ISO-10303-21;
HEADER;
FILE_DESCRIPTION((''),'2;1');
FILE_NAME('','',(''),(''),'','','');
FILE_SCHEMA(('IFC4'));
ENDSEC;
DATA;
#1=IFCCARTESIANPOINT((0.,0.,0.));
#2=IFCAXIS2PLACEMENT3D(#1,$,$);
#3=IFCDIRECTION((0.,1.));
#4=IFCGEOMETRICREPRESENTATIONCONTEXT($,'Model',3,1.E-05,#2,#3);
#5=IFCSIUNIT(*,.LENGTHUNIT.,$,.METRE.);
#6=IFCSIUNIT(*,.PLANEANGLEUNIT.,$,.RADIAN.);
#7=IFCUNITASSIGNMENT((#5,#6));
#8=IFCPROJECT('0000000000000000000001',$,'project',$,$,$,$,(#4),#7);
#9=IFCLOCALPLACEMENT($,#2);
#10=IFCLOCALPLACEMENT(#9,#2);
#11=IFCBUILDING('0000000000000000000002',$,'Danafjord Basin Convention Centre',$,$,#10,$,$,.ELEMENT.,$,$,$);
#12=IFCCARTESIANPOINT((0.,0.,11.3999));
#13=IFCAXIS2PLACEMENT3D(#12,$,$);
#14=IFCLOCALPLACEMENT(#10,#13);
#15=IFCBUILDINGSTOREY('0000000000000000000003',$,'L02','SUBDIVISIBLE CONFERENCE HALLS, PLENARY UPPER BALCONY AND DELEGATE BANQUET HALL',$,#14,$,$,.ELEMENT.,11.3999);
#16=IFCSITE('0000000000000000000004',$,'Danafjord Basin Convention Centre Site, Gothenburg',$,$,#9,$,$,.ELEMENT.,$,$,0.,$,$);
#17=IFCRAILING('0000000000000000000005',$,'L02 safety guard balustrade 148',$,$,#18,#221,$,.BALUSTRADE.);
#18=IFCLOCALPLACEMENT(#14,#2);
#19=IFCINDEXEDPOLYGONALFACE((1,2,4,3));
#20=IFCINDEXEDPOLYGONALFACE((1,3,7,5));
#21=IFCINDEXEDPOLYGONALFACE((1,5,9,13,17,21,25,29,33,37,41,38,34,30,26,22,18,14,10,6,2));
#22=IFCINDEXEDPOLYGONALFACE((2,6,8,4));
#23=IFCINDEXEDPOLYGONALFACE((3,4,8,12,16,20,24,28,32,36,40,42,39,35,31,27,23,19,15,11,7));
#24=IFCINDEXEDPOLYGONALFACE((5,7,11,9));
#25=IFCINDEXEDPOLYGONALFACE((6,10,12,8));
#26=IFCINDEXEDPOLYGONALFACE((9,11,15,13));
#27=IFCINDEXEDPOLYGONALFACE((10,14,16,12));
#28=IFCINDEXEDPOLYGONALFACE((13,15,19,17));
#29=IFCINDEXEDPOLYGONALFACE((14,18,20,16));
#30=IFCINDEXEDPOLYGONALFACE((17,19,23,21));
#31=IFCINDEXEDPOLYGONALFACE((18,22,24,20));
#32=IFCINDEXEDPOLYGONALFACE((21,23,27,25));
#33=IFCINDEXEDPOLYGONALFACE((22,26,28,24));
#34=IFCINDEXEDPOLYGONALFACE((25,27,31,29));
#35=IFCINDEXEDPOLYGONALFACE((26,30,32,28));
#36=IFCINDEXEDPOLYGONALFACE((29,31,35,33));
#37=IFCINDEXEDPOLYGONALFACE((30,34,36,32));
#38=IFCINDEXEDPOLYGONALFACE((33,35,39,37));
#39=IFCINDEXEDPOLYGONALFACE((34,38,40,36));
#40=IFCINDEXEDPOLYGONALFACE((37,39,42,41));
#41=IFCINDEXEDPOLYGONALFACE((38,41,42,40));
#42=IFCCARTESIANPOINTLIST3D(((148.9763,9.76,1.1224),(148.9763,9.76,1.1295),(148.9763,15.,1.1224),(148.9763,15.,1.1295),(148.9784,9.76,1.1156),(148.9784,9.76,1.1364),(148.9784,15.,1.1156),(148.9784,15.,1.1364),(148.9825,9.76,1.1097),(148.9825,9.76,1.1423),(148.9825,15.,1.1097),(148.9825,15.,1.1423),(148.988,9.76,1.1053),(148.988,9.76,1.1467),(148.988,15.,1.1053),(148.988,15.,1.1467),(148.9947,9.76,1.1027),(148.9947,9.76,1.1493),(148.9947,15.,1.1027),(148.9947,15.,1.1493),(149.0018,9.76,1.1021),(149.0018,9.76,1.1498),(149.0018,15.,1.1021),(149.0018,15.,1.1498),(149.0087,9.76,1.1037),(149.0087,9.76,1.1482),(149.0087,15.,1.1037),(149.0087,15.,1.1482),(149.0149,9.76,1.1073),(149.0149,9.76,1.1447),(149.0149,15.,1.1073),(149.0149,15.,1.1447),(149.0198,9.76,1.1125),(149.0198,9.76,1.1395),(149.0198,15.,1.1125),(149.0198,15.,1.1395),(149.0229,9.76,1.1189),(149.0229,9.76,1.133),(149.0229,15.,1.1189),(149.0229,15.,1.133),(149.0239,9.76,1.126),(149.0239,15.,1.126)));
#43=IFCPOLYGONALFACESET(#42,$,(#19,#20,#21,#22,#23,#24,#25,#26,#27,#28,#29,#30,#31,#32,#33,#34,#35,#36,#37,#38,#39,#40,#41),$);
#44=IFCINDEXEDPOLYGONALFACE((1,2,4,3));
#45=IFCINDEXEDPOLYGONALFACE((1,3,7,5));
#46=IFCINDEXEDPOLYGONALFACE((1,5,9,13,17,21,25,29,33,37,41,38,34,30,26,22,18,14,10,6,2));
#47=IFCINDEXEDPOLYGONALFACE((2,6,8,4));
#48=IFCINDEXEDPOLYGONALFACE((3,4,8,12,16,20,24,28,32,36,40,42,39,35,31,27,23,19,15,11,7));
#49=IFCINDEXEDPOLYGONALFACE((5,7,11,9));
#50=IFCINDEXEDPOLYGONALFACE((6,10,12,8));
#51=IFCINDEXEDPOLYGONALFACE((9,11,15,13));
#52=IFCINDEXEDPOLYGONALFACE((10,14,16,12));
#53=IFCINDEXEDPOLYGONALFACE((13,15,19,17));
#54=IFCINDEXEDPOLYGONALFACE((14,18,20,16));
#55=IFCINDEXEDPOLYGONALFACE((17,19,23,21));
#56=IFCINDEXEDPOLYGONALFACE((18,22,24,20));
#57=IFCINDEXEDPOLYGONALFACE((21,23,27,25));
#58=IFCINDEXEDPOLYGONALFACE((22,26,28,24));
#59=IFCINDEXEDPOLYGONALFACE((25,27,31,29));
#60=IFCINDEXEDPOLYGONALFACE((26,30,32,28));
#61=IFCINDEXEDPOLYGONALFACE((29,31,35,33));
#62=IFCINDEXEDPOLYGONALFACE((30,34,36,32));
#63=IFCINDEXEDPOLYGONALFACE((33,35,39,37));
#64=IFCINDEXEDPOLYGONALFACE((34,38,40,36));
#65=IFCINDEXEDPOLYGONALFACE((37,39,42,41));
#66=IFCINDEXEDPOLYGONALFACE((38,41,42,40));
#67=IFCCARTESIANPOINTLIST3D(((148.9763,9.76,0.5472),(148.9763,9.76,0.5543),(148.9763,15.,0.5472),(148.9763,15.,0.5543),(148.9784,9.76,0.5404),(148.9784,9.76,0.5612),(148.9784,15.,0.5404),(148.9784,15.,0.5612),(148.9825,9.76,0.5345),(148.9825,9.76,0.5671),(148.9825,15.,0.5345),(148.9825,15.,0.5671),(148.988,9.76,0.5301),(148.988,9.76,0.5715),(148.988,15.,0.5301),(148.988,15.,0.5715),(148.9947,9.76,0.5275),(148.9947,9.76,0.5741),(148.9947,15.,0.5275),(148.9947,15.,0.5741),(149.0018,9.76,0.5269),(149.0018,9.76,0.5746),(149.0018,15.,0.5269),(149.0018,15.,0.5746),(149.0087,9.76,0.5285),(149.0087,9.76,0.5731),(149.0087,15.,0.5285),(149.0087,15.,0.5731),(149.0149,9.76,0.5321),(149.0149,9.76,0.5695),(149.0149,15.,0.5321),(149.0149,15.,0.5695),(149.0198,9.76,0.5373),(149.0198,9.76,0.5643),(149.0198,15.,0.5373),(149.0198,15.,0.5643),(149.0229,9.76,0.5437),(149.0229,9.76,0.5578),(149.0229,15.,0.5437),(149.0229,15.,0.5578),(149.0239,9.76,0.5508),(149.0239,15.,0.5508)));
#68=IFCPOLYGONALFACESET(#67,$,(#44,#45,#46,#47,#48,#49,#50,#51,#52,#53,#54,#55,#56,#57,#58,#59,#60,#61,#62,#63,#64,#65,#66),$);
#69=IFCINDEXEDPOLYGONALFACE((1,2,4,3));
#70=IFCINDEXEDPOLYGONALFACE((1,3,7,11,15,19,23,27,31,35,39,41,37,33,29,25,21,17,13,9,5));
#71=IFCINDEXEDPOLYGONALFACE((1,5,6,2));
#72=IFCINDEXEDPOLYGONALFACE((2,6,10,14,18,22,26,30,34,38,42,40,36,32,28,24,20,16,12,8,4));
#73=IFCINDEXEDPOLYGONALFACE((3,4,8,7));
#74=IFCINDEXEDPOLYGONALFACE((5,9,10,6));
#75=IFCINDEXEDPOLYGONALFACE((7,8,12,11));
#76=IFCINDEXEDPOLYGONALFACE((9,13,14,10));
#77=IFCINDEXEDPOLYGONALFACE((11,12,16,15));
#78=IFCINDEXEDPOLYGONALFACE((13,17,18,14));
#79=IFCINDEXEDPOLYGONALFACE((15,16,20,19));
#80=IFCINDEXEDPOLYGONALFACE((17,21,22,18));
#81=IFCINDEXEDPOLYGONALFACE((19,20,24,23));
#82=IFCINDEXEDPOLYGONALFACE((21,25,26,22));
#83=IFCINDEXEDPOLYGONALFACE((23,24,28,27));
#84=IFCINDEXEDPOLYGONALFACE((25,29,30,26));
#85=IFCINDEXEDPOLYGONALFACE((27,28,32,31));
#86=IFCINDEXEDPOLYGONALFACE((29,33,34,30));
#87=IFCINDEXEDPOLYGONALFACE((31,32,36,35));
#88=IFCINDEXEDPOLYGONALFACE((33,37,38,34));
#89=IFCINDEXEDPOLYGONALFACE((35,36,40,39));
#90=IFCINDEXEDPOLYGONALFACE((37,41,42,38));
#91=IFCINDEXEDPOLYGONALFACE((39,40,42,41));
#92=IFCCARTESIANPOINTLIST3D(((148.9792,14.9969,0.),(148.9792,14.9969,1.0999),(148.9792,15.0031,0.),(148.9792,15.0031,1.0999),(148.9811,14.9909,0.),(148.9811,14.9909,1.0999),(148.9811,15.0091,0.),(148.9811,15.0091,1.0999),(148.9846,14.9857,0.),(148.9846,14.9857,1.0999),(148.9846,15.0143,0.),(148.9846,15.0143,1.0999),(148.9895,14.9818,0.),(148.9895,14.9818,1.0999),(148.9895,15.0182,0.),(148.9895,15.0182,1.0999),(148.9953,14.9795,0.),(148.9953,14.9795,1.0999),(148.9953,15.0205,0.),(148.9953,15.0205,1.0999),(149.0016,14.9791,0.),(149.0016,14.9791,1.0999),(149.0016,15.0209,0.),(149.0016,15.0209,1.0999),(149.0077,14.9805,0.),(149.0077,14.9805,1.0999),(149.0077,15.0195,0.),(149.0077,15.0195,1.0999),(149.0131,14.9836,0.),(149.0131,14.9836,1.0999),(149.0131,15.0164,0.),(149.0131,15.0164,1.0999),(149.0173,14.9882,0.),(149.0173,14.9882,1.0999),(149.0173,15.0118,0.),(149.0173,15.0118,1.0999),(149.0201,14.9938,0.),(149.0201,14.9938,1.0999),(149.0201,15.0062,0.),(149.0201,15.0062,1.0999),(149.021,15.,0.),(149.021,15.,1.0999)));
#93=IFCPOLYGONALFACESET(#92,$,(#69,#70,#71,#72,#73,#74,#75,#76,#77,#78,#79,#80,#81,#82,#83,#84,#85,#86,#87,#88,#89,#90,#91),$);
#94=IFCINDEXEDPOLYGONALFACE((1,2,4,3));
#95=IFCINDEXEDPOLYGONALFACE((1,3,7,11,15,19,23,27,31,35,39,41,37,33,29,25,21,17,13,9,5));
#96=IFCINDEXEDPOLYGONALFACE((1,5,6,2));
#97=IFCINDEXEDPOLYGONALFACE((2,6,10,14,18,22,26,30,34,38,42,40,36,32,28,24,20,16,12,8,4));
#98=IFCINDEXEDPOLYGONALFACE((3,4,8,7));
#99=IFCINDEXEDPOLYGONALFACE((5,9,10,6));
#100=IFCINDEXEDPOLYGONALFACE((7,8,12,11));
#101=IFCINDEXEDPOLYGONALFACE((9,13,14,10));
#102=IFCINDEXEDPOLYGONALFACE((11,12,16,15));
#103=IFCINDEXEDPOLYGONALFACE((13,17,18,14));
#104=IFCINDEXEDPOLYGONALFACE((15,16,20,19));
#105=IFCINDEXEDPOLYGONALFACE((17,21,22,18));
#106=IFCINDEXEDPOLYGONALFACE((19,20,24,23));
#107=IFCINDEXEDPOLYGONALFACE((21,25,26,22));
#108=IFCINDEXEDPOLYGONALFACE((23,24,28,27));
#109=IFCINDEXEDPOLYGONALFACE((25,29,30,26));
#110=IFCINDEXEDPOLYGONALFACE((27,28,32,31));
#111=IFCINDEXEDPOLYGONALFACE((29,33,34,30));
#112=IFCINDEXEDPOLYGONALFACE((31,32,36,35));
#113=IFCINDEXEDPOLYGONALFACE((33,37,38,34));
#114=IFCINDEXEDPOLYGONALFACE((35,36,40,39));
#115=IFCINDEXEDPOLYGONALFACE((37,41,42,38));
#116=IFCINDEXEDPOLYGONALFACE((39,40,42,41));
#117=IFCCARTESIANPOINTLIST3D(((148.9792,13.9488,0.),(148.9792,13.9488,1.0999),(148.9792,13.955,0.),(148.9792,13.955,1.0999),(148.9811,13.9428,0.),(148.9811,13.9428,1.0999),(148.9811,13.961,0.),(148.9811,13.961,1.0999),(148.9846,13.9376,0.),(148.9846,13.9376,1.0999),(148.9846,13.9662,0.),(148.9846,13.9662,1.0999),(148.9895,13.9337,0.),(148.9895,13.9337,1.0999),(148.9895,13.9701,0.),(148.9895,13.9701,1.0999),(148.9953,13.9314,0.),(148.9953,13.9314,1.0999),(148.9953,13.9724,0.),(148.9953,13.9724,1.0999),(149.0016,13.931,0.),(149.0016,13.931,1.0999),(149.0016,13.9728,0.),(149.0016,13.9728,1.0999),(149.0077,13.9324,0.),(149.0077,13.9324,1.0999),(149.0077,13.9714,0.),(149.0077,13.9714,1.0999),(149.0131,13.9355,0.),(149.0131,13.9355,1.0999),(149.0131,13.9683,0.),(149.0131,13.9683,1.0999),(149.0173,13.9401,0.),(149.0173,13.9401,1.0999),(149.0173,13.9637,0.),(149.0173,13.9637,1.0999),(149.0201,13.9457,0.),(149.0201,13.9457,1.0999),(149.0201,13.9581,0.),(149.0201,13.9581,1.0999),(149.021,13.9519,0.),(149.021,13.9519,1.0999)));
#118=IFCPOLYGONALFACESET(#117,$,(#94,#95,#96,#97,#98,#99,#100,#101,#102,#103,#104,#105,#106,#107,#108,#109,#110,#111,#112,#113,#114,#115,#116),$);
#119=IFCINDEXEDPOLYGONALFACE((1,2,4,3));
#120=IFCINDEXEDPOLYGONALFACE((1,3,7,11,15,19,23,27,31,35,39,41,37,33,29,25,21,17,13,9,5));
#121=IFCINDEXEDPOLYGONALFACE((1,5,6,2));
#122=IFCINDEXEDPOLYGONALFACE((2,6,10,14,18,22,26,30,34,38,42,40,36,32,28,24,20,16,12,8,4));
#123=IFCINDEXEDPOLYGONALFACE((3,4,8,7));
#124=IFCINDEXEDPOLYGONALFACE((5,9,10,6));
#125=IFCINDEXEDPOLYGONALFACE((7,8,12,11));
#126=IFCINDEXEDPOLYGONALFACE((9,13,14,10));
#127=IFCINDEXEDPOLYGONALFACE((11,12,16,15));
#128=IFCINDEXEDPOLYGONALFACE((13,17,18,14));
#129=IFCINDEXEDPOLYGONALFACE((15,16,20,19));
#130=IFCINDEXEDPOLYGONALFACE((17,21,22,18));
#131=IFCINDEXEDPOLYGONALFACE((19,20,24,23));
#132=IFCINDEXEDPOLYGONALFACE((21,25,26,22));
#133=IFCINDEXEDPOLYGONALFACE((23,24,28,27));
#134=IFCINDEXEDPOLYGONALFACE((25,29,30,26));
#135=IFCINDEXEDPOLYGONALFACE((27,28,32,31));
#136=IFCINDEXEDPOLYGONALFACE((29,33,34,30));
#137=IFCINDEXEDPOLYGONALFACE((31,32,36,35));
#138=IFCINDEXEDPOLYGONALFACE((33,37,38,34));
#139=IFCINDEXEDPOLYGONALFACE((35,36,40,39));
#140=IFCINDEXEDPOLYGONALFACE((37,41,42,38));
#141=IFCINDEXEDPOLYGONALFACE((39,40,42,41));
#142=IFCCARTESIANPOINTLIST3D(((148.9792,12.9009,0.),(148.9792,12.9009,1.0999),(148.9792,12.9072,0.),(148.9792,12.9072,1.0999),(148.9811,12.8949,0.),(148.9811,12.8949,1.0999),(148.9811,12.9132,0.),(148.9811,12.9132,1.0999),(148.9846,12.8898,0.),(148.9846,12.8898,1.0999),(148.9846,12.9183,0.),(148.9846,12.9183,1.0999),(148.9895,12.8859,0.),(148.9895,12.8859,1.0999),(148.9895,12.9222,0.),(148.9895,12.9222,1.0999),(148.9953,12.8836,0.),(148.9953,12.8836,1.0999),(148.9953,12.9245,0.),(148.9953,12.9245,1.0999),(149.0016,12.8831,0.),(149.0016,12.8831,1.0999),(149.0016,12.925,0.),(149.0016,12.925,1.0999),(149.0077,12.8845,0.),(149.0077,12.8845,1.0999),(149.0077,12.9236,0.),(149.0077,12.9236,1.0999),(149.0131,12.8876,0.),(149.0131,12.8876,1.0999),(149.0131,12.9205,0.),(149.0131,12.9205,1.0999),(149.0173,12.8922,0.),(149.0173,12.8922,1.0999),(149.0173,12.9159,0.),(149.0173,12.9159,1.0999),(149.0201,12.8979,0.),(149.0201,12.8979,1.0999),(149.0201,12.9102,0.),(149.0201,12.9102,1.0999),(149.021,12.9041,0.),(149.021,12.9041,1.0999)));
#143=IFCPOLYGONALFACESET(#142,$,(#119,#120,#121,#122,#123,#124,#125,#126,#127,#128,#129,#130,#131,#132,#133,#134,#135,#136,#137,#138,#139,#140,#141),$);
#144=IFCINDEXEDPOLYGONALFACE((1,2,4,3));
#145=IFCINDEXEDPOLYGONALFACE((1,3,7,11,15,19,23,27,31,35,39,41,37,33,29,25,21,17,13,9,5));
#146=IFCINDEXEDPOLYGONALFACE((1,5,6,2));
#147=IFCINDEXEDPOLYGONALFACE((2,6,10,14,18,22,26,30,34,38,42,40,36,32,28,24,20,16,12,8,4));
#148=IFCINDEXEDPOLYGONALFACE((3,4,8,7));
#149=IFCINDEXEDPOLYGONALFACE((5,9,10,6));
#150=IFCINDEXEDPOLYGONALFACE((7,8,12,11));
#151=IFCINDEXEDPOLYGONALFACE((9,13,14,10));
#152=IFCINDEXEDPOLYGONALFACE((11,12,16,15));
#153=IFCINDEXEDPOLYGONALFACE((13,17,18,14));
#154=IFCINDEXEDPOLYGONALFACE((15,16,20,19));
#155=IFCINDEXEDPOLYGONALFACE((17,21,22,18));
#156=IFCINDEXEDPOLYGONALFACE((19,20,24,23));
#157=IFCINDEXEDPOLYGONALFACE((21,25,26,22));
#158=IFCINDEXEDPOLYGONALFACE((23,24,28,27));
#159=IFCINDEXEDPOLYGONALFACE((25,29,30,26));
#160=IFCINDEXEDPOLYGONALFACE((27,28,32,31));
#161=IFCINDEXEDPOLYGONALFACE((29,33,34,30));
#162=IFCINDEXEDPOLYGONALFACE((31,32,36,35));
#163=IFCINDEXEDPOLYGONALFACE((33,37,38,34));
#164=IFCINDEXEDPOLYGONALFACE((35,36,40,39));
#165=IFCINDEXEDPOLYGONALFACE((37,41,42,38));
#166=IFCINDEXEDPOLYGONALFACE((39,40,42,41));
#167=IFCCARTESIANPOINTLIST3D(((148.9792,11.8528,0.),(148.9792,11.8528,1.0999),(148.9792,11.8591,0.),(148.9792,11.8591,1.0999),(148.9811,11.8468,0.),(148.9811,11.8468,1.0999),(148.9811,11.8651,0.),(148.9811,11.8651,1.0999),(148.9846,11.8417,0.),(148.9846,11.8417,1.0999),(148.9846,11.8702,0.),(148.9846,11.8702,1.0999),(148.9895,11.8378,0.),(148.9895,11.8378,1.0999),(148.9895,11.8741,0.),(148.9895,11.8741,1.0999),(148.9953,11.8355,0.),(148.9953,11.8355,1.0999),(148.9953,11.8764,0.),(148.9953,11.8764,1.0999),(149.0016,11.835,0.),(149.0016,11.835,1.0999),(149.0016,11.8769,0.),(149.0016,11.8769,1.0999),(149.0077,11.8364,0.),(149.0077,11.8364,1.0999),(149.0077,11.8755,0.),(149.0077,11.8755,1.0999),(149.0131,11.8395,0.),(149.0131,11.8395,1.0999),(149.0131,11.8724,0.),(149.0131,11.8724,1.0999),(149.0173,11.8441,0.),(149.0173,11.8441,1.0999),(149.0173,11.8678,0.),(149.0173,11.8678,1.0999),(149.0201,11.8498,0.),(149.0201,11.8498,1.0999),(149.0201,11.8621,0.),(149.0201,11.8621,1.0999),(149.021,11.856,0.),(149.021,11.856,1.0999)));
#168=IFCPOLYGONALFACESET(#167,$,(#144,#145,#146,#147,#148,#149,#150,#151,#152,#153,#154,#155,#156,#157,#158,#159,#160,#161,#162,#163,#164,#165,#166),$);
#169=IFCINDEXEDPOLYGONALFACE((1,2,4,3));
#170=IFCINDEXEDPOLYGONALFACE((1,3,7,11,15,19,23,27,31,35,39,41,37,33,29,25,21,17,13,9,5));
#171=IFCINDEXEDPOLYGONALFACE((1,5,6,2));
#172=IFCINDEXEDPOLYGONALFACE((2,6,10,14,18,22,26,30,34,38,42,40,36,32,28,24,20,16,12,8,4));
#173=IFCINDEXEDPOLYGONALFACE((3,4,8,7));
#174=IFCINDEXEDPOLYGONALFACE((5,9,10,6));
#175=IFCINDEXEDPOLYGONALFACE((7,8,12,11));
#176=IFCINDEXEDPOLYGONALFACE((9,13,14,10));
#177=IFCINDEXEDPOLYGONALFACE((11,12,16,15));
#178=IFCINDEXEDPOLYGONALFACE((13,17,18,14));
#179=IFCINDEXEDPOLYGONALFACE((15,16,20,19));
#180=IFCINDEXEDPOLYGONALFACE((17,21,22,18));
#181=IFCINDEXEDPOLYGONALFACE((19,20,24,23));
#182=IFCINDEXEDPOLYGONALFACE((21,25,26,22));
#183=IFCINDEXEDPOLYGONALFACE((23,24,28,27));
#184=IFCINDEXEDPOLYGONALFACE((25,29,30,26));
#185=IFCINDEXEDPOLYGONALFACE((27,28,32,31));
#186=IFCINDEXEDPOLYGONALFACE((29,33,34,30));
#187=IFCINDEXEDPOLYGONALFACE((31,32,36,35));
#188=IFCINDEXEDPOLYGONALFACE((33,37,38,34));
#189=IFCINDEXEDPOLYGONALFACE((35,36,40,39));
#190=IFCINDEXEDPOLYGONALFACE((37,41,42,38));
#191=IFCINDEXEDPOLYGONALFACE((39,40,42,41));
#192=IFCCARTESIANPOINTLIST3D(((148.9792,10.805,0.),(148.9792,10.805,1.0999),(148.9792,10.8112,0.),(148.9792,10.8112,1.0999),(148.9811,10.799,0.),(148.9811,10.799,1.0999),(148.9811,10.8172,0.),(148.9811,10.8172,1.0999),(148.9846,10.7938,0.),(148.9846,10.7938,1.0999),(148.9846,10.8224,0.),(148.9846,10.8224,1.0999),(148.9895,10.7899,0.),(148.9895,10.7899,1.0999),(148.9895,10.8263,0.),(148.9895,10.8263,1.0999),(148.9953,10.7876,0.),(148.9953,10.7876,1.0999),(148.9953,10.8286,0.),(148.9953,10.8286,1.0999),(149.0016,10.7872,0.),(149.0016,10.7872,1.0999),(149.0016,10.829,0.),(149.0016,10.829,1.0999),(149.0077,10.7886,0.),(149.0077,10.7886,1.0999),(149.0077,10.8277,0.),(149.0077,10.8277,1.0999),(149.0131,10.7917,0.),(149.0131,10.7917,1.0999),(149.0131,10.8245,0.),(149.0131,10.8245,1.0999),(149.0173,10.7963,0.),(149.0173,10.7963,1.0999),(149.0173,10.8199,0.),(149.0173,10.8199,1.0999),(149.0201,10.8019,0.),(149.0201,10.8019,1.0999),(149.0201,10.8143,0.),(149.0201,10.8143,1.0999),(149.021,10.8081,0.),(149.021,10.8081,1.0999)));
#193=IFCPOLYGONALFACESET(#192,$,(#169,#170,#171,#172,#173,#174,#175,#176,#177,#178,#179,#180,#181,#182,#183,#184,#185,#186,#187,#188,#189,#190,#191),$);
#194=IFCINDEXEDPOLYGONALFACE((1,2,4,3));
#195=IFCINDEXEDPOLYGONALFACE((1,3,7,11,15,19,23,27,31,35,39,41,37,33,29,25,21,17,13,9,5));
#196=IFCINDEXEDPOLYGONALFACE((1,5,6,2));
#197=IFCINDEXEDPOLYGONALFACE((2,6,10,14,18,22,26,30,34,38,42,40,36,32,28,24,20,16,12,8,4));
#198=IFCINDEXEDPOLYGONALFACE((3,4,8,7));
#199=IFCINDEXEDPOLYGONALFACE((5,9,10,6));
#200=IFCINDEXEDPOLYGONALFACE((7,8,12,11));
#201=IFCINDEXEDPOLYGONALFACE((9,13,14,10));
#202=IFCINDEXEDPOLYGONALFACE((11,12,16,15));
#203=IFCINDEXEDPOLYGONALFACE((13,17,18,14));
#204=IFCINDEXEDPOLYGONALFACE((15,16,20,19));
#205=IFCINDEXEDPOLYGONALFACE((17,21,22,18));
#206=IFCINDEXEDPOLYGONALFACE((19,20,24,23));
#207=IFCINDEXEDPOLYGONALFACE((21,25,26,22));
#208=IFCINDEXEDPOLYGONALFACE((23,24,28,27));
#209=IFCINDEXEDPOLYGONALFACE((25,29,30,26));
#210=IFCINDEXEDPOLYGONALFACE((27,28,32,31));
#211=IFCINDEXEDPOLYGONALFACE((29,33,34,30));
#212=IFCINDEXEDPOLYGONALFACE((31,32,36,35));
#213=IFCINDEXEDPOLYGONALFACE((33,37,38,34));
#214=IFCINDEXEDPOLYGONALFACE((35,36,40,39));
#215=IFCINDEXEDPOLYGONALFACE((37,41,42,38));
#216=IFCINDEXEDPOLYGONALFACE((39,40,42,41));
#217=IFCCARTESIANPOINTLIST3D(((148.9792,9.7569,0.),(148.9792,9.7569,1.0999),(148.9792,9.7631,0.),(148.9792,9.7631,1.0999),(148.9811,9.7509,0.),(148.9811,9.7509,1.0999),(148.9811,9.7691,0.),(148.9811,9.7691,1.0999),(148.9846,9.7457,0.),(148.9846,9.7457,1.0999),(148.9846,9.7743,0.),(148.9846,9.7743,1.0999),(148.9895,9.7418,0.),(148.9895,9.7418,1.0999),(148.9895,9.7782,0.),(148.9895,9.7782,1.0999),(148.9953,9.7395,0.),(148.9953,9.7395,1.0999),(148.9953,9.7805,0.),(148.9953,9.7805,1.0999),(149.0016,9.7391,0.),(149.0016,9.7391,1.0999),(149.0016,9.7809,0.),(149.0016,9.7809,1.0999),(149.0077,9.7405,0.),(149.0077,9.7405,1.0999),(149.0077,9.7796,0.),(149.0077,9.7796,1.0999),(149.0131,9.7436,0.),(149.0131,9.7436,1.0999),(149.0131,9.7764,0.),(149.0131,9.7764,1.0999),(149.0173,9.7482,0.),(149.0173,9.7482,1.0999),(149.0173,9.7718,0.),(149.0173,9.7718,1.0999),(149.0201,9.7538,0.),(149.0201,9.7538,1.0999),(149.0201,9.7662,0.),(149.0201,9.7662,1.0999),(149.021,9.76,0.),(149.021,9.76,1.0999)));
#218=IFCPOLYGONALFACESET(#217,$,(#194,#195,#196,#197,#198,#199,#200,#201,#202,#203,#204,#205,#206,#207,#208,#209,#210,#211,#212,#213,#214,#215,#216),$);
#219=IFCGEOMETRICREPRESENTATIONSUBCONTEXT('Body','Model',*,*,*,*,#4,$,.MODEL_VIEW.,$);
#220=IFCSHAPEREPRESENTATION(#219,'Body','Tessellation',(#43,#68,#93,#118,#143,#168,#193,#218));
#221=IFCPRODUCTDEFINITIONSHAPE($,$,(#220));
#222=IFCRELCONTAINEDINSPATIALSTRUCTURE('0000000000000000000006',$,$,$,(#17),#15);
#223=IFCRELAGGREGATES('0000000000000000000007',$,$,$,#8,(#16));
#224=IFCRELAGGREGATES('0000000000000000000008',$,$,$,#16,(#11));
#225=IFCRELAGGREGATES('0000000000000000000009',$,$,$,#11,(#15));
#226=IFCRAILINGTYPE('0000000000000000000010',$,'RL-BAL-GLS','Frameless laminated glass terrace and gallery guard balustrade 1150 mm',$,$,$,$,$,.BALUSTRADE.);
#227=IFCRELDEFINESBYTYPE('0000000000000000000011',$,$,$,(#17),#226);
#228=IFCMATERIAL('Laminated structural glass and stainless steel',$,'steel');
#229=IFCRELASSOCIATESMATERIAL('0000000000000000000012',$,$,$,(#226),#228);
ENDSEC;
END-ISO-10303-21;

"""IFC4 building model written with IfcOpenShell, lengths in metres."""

from ifc_helpers import new_model, si_unit, direction, frame, origin, origin_2d, place, context, subcontext, project, spatial, circle, extrude, material, type_object, element, save


model = new_model("IFC4")

# Units and contexts
model_context = context("Model", 3, precision=1e-05, world=origin(), true_north=direction((0.0, 1.0)))
body_context = subcontext(model_context, "Body", "Model", "MODEL_VIEW")
ifc_project = project(units=[si_unit("LENGTHUNIT", "METRE"), si_unit("PLANEANGLEUNIT", "RADIAN")], contexts=[model_context])

# Site, building, storey
site_placement = place(None, origin())
site = spatial("IfcSite", under=ifc_project, at=site_placement, Name="Danafjord Basin Convention Centre Site, Gothenburg", CompositionType="ELEMENT", RefElevation=0.0)
building_placement = place(site_placement, origin())
building = spatial("IfcBuilding", under=site, at=building_placement, Name="Danafjord Basin Convention Centre", CompositionType="ELEMENT")
storey_placement = place(building_placement, frame((0.0, 0.0, 11.3999)))
storey = spatial("IfcBuildingStorey", under=building, at=storey_placement, Name="L02", Description="SUBDIVISIBLE CONFERENCE HALLS, PLENARY UPPER BALCONY AND DELEGATE BANQUET HALL", CompositionType="ELEMENT", Elevation=11.3999)

# Railing
ifc_material_1 = material(Name="Laminated structural glass and stainless steel", Category="steel")
railing_type_1 = type_object("IfcRailingType", Name="RL-BAL-GLS", Description="Frameless laminated glass terrace and gallery guard balustrade 1150 mm", PredefinedType="BALUSTRADE", material=ifc_material_1)
railing_1_placement = place(storey_placement, frame((149.0, 15.0, 0.0)))
element("IfcRailing", 1, at=railing_1_placement, inside=storey, type_object=railing_type_1, Name="L02 safety guard balustrade 148", PredefinedType="BALUSTRADE", context=body_context, shape_type="SweptSolid", body=[
    extrude(circle(Radius=0.0239, at=origin_2d()), frame((0.0, 0.0, 1.126), z_axis=(0.0, -1.0, 0.0), x_axis=(1.0, 0.0, 0.0)), (0.0, 0.0, 1.0), 5.24),
    extrude(circle(Radius=0.0239, at=origin_2d()), frame((0.0, 0.0, 0.5508), z_axis=(0.0, -1.0, 0.0), x_axis=(1.0, 0.0, 0.0)), (0.0, 0.0, 1.0), 5.24),
    extrude(circle(Radius=0.021, at=origin_2d()), origin(), (0.0, 0.0, 1.0), 1.0999),
    extrude(circle(Radius=0.021, at=origin_2d()), frame((0.0, -1.0481, 0.0)), (0.0, 0.0, 1.0), 1.0999),
    extrude(circle(Radius=0.021, at=origin_2d()), frame((0.0, -2.0959, 0.0)), (0.0, 0.0, 1.0), 1.0999),
    extrude(circle(Radius=0.021, at=origin_2d()), frame((0.0, -3.144, 0.0)), (0.0, 0.0, 1.0), 1.0999),
    extrude(circle(Radius=0.021, at=origin_2d()), frame((0.0, -4.1919, 0.0)), (0.0, 0.0, 1.0), 1.0999),
    extrude(circle(Radius=0.021, at=origin_2d()), frame((0.0, -5.24, 0.0)), (0.0, 0.0, 1.0), 1.0999),
])

save(model, "model.ifc")
